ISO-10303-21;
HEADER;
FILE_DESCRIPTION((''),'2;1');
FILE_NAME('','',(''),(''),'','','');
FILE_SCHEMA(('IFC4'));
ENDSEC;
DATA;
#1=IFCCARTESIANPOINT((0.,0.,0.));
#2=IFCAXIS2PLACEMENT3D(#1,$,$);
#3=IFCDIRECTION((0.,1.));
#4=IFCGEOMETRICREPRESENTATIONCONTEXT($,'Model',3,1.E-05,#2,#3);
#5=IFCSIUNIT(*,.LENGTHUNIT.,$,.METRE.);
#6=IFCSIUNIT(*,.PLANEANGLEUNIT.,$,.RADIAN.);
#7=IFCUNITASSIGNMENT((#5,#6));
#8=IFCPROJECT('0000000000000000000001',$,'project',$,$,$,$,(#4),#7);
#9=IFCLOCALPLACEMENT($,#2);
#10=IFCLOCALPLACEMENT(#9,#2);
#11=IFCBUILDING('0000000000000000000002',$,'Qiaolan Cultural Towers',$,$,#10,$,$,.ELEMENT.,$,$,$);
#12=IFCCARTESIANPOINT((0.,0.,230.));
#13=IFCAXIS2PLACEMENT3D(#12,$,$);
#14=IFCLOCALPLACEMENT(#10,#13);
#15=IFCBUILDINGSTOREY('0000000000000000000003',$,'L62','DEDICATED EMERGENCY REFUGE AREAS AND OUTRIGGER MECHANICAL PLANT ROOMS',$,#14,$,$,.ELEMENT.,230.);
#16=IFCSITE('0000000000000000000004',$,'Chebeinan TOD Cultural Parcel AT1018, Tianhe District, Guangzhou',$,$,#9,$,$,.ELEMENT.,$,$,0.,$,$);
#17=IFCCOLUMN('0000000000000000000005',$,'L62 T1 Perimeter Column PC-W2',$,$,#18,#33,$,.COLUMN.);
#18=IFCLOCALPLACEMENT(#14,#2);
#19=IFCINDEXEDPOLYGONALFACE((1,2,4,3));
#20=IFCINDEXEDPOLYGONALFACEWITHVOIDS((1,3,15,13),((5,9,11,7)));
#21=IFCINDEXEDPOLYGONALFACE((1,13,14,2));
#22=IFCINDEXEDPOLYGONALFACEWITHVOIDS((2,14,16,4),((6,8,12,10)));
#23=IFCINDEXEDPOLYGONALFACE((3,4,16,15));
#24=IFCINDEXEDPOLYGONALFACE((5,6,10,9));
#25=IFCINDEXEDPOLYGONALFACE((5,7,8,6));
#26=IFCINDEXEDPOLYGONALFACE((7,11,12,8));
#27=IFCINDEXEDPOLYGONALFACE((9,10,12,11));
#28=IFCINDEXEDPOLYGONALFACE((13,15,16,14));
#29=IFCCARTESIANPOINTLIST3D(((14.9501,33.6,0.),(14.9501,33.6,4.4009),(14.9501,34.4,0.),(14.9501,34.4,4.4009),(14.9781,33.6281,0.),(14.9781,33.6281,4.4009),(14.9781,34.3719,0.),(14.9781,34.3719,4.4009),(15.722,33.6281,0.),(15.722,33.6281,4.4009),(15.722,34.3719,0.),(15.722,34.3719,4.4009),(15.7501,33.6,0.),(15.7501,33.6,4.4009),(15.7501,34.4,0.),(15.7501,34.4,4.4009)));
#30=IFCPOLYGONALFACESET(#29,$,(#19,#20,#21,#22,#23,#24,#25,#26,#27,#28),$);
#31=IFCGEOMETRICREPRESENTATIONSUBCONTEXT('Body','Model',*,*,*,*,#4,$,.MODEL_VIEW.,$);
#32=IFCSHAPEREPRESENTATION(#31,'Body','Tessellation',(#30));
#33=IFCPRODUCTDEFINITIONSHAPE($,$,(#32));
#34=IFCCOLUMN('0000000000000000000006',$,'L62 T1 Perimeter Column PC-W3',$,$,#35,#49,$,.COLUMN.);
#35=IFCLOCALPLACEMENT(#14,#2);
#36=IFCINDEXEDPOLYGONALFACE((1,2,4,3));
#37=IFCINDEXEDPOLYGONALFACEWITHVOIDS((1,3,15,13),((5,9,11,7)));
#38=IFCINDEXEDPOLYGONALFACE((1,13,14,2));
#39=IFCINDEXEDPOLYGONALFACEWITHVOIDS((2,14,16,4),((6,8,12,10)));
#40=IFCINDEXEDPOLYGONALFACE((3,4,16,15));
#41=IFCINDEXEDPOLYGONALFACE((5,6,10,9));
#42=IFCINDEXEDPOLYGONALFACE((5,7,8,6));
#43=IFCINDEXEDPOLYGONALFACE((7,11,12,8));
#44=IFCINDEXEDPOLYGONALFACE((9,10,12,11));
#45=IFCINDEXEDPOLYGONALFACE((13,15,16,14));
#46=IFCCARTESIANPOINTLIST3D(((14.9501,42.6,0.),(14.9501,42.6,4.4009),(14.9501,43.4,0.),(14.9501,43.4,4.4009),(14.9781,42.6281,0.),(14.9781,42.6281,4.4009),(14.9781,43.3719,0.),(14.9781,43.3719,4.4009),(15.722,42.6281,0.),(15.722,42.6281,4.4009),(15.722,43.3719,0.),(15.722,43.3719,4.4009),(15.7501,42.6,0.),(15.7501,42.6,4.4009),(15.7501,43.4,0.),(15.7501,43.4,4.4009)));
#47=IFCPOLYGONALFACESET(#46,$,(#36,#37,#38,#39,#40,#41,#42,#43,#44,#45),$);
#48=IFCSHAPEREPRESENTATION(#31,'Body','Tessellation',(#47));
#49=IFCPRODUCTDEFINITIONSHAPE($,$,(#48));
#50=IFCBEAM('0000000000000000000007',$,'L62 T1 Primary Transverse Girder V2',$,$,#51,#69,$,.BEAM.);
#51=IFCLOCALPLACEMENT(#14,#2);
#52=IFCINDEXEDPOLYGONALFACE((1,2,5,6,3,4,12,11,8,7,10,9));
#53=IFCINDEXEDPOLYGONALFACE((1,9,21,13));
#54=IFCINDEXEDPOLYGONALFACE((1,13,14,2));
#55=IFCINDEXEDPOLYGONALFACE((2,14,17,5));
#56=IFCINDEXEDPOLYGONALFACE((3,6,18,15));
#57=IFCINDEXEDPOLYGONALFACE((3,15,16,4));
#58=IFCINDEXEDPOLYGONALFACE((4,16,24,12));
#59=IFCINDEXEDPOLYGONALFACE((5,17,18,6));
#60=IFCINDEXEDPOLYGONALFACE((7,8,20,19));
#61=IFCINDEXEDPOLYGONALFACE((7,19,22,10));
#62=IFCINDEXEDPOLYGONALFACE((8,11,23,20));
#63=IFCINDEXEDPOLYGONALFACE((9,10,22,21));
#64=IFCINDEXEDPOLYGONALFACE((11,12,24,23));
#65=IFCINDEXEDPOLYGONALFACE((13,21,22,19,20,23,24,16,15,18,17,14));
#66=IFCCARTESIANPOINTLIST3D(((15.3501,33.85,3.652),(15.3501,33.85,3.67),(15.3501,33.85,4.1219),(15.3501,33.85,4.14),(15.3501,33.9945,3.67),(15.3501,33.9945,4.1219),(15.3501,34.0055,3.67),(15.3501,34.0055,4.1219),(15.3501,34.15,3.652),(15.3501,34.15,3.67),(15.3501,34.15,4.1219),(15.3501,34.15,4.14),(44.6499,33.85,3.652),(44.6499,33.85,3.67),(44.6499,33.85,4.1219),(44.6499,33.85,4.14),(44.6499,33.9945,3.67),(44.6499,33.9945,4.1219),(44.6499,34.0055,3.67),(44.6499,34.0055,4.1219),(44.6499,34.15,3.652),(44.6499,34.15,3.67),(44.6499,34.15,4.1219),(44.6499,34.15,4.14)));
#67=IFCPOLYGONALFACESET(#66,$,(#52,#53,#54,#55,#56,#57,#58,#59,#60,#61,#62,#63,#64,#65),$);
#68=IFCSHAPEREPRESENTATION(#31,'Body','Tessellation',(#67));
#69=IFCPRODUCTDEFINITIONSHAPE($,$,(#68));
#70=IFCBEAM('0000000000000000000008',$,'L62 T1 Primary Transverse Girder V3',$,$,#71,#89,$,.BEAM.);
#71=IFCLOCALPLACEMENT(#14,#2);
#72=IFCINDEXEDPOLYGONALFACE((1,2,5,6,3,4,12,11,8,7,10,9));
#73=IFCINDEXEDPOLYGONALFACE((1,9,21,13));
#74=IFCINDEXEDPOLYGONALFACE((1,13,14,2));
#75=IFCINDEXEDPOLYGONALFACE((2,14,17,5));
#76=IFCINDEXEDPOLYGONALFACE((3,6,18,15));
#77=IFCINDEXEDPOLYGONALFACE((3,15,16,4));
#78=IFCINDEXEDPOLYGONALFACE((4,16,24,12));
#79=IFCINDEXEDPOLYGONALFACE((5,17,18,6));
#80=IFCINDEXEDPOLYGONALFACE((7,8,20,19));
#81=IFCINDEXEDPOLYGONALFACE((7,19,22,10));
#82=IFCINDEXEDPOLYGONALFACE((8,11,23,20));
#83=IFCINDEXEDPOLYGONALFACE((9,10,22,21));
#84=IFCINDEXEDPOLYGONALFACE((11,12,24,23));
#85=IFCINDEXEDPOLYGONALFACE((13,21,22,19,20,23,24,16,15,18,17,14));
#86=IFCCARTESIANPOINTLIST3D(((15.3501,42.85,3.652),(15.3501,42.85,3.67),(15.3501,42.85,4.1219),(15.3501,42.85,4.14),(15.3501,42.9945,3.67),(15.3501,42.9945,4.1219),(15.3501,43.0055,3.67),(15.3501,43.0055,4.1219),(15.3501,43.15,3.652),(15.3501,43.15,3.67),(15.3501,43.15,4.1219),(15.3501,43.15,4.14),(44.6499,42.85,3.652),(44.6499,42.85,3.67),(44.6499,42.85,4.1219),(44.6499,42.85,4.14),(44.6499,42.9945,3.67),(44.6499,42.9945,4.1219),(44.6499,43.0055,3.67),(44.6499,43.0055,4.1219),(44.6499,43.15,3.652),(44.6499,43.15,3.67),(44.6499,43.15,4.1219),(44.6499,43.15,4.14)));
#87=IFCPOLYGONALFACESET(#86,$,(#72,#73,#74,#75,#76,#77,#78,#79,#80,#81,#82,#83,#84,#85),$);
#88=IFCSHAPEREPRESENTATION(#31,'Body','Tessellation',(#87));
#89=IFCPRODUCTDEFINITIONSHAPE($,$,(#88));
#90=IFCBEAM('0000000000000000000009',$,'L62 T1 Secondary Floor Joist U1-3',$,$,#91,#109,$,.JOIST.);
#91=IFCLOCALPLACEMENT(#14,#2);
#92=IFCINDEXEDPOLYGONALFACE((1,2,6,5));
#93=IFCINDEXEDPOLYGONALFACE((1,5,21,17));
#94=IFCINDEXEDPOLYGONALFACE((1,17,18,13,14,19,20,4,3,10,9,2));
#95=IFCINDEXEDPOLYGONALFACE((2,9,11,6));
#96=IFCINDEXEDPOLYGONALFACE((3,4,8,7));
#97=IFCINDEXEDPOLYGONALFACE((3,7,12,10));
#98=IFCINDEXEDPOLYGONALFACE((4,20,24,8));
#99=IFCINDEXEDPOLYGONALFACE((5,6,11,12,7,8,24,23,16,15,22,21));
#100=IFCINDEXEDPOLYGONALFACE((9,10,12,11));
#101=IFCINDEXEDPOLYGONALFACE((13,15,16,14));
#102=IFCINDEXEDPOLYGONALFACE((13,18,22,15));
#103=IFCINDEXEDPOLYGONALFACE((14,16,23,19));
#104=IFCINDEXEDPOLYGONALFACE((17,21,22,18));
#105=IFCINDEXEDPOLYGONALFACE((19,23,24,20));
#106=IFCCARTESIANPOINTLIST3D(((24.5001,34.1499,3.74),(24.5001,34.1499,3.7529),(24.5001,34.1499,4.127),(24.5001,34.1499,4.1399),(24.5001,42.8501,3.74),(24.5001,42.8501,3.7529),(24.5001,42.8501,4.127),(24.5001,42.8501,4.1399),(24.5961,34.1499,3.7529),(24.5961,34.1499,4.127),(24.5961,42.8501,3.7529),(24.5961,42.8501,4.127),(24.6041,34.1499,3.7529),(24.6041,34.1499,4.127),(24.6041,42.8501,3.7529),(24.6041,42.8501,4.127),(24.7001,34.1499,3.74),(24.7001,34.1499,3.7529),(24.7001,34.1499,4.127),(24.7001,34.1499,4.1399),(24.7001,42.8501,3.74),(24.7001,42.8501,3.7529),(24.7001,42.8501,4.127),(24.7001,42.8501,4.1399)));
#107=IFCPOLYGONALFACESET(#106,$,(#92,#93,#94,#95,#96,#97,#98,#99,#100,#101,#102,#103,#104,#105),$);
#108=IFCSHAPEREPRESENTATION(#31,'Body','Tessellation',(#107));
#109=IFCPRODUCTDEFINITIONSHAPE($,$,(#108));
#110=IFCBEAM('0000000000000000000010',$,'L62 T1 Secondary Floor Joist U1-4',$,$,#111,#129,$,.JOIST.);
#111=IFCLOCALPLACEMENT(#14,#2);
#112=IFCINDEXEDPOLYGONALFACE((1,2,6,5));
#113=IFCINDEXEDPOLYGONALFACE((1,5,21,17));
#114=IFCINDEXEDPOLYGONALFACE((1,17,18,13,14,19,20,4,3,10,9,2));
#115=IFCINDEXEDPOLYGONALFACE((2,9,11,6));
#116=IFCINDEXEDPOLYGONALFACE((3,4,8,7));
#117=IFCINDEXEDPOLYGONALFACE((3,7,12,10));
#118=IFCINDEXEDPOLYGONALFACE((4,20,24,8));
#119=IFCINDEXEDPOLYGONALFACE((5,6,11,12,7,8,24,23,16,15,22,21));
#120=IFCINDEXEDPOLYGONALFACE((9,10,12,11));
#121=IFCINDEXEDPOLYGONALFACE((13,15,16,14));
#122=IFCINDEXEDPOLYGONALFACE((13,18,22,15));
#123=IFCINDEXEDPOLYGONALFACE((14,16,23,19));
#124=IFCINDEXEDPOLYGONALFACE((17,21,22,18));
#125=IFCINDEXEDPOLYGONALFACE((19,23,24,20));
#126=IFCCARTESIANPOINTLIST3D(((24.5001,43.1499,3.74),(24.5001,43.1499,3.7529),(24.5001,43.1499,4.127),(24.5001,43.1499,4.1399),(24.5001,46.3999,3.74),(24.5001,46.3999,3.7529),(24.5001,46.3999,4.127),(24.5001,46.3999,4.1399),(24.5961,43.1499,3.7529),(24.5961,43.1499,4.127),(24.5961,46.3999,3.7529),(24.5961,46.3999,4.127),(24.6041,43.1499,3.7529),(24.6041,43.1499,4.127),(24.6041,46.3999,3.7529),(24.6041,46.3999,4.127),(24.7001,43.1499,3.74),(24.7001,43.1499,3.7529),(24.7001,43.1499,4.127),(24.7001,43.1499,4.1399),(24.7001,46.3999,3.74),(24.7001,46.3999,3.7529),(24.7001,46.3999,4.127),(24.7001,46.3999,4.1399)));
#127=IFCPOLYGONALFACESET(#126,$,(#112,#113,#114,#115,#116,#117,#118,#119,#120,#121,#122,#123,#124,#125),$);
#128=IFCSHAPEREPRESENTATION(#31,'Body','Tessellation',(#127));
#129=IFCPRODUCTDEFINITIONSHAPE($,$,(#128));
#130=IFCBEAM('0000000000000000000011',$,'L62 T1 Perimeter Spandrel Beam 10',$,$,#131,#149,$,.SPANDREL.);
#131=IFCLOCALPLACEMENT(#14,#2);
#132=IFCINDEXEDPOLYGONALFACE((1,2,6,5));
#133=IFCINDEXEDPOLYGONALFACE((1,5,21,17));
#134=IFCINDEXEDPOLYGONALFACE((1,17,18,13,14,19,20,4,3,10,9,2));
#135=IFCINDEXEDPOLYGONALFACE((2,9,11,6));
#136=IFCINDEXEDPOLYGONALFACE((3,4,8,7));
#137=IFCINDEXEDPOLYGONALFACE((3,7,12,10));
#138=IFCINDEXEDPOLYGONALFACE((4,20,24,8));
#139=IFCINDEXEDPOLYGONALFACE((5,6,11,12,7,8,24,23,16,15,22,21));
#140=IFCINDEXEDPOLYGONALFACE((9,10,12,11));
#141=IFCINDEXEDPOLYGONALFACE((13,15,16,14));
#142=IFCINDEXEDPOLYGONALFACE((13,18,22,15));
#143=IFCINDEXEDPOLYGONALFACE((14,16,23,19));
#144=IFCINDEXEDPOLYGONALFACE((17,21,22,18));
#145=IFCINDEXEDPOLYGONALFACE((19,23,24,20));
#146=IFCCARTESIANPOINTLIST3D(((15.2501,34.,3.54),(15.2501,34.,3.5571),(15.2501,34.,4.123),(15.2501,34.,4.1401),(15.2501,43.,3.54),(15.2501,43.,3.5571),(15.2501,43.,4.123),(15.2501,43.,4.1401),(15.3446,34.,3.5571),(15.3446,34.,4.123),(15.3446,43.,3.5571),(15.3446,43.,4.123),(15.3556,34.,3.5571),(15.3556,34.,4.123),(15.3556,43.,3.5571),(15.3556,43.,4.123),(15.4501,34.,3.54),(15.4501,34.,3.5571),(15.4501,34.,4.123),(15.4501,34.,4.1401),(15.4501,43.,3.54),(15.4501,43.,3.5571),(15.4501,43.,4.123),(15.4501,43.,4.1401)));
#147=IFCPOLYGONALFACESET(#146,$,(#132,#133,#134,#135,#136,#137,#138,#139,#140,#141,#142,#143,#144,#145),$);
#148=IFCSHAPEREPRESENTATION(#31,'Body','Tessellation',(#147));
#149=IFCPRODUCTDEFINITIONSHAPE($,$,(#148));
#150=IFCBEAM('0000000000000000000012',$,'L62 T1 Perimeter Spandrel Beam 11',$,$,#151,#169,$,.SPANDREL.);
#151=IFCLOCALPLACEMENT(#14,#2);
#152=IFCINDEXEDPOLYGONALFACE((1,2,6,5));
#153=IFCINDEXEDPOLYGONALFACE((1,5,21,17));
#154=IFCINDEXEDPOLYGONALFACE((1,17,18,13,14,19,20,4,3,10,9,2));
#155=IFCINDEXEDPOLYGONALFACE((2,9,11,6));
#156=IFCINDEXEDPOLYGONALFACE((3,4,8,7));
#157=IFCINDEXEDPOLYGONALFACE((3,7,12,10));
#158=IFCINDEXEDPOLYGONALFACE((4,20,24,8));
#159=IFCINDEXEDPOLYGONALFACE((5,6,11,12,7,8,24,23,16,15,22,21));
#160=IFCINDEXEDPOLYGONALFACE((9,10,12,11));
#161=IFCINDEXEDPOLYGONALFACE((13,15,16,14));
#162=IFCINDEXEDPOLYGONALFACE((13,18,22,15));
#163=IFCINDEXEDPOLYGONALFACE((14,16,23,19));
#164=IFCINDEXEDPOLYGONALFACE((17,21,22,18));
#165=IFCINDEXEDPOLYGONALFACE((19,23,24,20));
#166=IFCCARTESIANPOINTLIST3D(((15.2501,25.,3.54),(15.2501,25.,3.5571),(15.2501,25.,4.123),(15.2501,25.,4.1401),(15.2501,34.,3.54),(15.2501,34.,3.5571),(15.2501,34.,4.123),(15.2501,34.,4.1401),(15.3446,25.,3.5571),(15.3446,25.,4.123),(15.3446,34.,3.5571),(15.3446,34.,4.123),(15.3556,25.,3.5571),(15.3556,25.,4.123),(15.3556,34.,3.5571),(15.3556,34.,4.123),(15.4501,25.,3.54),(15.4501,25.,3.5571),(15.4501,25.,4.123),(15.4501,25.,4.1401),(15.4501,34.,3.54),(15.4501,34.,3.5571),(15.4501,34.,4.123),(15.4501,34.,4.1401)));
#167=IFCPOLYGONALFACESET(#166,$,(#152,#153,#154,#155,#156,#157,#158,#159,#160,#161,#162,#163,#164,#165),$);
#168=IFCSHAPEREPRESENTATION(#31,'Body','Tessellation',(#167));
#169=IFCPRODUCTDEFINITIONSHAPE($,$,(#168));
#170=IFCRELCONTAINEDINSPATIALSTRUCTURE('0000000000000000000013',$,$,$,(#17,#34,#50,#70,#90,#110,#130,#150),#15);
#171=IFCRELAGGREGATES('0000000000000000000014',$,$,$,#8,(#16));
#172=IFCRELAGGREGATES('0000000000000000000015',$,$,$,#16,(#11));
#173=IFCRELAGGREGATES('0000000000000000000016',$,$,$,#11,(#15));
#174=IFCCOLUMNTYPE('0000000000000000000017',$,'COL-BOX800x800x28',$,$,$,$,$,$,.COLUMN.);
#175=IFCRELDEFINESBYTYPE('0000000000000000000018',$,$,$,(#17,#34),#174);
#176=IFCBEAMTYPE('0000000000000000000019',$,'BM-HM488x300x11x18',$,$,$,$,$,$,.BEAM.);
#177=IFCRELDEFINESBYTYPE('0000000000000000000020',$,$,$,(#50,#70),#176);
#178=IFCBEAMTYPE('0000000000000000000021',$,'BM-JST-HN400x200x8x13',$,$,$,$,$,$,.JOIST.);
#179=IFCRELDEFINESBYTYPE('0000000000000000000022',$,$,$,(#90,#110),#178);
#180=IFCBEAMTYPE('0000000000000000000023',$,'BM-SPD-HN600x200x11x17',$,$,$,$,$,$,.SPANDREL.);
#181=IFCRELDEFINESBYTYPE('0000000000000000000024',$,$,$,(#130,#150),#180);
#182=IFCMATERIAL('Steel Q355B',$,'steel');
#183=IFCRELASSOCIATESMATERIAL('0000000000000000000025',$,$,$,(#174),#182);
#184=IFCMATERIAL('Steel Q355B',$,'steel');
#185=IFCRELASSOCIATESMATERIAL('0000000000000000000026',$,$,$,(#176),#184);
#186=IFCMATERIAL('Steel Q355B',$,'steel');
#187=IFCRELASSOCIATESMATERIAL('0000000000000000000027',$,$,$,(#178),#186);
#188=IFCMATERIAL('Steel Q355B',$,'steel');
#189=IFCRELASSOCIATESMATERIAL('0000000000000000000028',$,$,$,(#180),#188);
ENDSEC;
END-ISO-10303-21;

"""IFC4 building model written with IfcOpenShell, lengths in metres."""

from ifc_helpers import new_model, si_unit, direction, frame, origin, origin_2d, place, context, subcontext, project, spatial, hollow_rectangle, i_section, extrude, material, material_profile, profile_set, type_object, element, save


model = new_model("IFC4")

# Units and contexts
model_context = context("Model", 3, precision=1e-05, world=origin(), true_north=direction((0.0, 1.0)))
body_context = subcontext(model_context, "Body", "Model", "MODEL_VIEW")
ifc_project = project(units=[si_unit("LENGTHUNIT", "METRE"), si_unit("PLANEANGLEUNIT", "RADIAN")], contexts=[model_context])

# Site, building, storey
site_placement = place(None, origin())
site = spatial("IfcSite", under=ifc_project, at=site_placement, Name="Chebeinan TOD Cultural Parcel AT1018, Tianhe District, Guangzhou", CompositionType="ELEMENT", RefElevation=0.0)
building_placement = place(site_placement, origin())
building = spatial("IfcBuilding", under=site, at=building_placement, Name="Qiaolan Cultural Towers", CompositionType="ELEMENT")
storey_placement = place(building_placement, frame((0.0, 0.0, 230.0)))
storey = spatial("IfcBuildingStorey", under=building, at=storey_placement, Name="L62", Description="DEDICATED EMERGENCY REFUGE AREAS AND OUTRIGGER MECHANICAL PLANT ROOMS", CompositionType="ELEMENT", Elevation=230.0)

# Columns
ifc_material_1 = material(Name="Steel Q355B", Category="steel")
ifc_material_profile_1 = material_profile(ifc_material_1, hollow_rectangle(XDim=0.8, YDim=0.8, WallThickness=0.0281, at=origin_2d()), Name="BOX800x800x28")
ifc_profile_set_1 = profile_set([ifc_material_profile_1], Name="Steel Q355B")
column_type = type_object("IfcColumnType", Name="COL-BOX800x800x28", PredefinedType="COLUMN", material=ifc_profile_set_1)
for number, where, z_axis, x_axis, name in (
    (1, (15.3501, 34.0, 0.0), (0.0, 0.0, 1.0), (1.0, 0.0, 0.0), "L62 T1 Perimeter Column PC-W2"),
    (2, (15.3501, 43.0, 0.0), (0.0, 0.0, 1.0), (1.0, 0.0, 0.0), "L62 T1 Perimeter Column PC-W3"),
):
    element("IfcColumn", number, at=place(storey_placement, frame(where, z_axis=z_axis, x_axis=x_axis)), inside=storey, type_object=column_type, Name=name, PredefinedType="COLUMN", context=body_context, shape_type="SweptSolid", body=[
        extrude(hollow_rectangle(XDim=0.8, YDim=0.8, WallThickness=0.0281, at=origin_2d()), origin(), (0.0, 0.0, 1.0), 4.4009),
    ])

# Beams
ifc_material_2 = material(Name="Steel Q355B", Category="steel")
ifc_material_profile_2 = material_profile(ifc_material_2, i_section(OverallWidth=0.3, OverallDepth=0.488, WebThickness=0.011, FlangeThickness=0.0181, at=origin_2d()), Name="HM488x300x11x18")
ifc_profile_set_2 = profile_set([ifc_material_profile_2], Name="Steel Q355B")
beam_type_1 = type_object("IfcBeamType", Name="BM-HM488x300x11x18", PredefinedType="BEAM", material=ifc_profile_set_2)
for number, where, z_axis, x_axis, name in (
    (3, (15.3501, 34.0, 3.896), (1.0, 0.0, 0.0), (0.0, 1.0, 0.0), "L62 T1 Primary Transverse Girder V2"),
    (4, (15.3501, 43.0, 3.896), (1.0, 0.0, 0.0), (0.0, 1.0, 0.0), "L62 T1 Primary Transverse Girder V3"),
):
    element("IfcBeam", number, at=place(storey_placement, frame(where, z_axis=z_axis, x_axis=x_axis)), inside=storey, type_object=beam_type_1, Name=name, PredefinedType="BEAM", context=body_context, shape_type="SweptSolid", body=[
        extrude(i_section(OverallWidth=0.3, OverallDepth=0.488, WebThickness=0.011, FlangeThickness=0.0181, at=origin_2d()), origin(), (0.0, 0.0, 1.0), 29.2998),
    ])
ifc_material_3 = material(Name="Steel Q355B", Category="steel")
ifc_material_profile_3 = material_profile(ifc_material_3, i_section(OverallWidth=0.2, OverallDepth=0.3999, WebThickness=0.0081, FlangeThickness=0.0129, at=origin_2d()), Name="HN400x200x8x13")
ifc_profile_set_3 = profile_set([ifc_material_profile_3], Name="Steel Q355B")
beam_type_2 = type_object("IfcBeamType", Name="BM-JST-HN400x200x8x13", PredefinedType="JOIST", material=ifc_profile_set_3)
beam_1_placement = place(storey_placement, frame((24.6001, 34.1499, 3.9399), z_axis=(0.0, 1.0, 0.0), x_axis=(-1.0, 0.0, 0.0)))
element("IfcBeam", 5, at=beam_1_placement, inside=storey, type_object=beam_type_2, Name="L62 T1 Secondary Floor Joist U1-3", PredefinedType="JOIST", context=body_context, shape_type="SweptSolid", body=[
    extrude(i_section(OverallWidth=0.2, OverallDepth=0.3999, WebThickness=0.0081, FlangeThickness=0.0129, at=origin_2d()), origin(), (0.0, 0.0, 1.0), 8.7002),
])
beam_2_placement = place(storey_placement, frame((24.6001, 43.1499, 3.9399), z_axis=(0.0, 1.0, 0.0), x_axis=(-1.0, 0.0, 0.0)))
element("IfcBeam", 6, at=beam_2_placement, inside=storey, type_object=beam_type_2, Name="L62 T1 Secondary Floor Joist U1-4", PredefinedType="JOIST", context=body_context, shape_type="SweptSolid", body=[
    extrude(i_section(OverallWidth=0.2, OverallDepth=0.3999, WebThickness=0.0081, FlangeThickness=0.0129, at=origin_2d()), origin(), (0.0, 0.0, 1.0), 3.25),
])
ifc_material_4 = material(Name="Steel Q355B", Category="steel")
ifc_material_profile_4 = material_profile(ifc_material_4, i_section(OverallWidth=0.2, OverallDepth=0.6001, WebThickness=0.011, FlangeThickness=0.0171, at=origin_2d()), Name="HN600x200x11x17")
ifc_profile_set_4 = profile_set([ifc_material_profile_4], Name="Steel Q355B")
beam_type_3 = type_object("IfcBeamType", Name="BM-SPD-HN600x200x11x17", PredefinedType="SPANDREL", material=ifc_profile_set_4)
for number, where, z_axis, x_axis, name in (
    (7, (15.3501, 43.0, 3.8401), (0.0, -1.0, 0.0), (1.0, 0.0, 0.0), "L62 T1 Perimeter Spandrel Beam 10"),
    (8, (15.3501, 34.0, 3.8401), (0.0, -1.0, 0.0), (1.0, 0.0, 0.0), "L62 T1 Perimeter Spandrel Beam 11"),
):
    element("IfcBeam", number, at=place(storey_placement, frame(where, z_axis=z_axis, x_axis=x_axis)), inside=storey, type_object=beam_type_3, Name=name, PredefinedType="SPANDREL", context=body_context, shape_type="SweptSolid", body=[
        extrude(i_section(OverallWidth=0.2, OverallDepth=0.6001, WebThickness=0.011, FlangeThickness=0.0171, at=origin_2d()), origin(), (0.0, 0.0, 1.0), 9.0),
    ])

save(model, "model.ifc")
